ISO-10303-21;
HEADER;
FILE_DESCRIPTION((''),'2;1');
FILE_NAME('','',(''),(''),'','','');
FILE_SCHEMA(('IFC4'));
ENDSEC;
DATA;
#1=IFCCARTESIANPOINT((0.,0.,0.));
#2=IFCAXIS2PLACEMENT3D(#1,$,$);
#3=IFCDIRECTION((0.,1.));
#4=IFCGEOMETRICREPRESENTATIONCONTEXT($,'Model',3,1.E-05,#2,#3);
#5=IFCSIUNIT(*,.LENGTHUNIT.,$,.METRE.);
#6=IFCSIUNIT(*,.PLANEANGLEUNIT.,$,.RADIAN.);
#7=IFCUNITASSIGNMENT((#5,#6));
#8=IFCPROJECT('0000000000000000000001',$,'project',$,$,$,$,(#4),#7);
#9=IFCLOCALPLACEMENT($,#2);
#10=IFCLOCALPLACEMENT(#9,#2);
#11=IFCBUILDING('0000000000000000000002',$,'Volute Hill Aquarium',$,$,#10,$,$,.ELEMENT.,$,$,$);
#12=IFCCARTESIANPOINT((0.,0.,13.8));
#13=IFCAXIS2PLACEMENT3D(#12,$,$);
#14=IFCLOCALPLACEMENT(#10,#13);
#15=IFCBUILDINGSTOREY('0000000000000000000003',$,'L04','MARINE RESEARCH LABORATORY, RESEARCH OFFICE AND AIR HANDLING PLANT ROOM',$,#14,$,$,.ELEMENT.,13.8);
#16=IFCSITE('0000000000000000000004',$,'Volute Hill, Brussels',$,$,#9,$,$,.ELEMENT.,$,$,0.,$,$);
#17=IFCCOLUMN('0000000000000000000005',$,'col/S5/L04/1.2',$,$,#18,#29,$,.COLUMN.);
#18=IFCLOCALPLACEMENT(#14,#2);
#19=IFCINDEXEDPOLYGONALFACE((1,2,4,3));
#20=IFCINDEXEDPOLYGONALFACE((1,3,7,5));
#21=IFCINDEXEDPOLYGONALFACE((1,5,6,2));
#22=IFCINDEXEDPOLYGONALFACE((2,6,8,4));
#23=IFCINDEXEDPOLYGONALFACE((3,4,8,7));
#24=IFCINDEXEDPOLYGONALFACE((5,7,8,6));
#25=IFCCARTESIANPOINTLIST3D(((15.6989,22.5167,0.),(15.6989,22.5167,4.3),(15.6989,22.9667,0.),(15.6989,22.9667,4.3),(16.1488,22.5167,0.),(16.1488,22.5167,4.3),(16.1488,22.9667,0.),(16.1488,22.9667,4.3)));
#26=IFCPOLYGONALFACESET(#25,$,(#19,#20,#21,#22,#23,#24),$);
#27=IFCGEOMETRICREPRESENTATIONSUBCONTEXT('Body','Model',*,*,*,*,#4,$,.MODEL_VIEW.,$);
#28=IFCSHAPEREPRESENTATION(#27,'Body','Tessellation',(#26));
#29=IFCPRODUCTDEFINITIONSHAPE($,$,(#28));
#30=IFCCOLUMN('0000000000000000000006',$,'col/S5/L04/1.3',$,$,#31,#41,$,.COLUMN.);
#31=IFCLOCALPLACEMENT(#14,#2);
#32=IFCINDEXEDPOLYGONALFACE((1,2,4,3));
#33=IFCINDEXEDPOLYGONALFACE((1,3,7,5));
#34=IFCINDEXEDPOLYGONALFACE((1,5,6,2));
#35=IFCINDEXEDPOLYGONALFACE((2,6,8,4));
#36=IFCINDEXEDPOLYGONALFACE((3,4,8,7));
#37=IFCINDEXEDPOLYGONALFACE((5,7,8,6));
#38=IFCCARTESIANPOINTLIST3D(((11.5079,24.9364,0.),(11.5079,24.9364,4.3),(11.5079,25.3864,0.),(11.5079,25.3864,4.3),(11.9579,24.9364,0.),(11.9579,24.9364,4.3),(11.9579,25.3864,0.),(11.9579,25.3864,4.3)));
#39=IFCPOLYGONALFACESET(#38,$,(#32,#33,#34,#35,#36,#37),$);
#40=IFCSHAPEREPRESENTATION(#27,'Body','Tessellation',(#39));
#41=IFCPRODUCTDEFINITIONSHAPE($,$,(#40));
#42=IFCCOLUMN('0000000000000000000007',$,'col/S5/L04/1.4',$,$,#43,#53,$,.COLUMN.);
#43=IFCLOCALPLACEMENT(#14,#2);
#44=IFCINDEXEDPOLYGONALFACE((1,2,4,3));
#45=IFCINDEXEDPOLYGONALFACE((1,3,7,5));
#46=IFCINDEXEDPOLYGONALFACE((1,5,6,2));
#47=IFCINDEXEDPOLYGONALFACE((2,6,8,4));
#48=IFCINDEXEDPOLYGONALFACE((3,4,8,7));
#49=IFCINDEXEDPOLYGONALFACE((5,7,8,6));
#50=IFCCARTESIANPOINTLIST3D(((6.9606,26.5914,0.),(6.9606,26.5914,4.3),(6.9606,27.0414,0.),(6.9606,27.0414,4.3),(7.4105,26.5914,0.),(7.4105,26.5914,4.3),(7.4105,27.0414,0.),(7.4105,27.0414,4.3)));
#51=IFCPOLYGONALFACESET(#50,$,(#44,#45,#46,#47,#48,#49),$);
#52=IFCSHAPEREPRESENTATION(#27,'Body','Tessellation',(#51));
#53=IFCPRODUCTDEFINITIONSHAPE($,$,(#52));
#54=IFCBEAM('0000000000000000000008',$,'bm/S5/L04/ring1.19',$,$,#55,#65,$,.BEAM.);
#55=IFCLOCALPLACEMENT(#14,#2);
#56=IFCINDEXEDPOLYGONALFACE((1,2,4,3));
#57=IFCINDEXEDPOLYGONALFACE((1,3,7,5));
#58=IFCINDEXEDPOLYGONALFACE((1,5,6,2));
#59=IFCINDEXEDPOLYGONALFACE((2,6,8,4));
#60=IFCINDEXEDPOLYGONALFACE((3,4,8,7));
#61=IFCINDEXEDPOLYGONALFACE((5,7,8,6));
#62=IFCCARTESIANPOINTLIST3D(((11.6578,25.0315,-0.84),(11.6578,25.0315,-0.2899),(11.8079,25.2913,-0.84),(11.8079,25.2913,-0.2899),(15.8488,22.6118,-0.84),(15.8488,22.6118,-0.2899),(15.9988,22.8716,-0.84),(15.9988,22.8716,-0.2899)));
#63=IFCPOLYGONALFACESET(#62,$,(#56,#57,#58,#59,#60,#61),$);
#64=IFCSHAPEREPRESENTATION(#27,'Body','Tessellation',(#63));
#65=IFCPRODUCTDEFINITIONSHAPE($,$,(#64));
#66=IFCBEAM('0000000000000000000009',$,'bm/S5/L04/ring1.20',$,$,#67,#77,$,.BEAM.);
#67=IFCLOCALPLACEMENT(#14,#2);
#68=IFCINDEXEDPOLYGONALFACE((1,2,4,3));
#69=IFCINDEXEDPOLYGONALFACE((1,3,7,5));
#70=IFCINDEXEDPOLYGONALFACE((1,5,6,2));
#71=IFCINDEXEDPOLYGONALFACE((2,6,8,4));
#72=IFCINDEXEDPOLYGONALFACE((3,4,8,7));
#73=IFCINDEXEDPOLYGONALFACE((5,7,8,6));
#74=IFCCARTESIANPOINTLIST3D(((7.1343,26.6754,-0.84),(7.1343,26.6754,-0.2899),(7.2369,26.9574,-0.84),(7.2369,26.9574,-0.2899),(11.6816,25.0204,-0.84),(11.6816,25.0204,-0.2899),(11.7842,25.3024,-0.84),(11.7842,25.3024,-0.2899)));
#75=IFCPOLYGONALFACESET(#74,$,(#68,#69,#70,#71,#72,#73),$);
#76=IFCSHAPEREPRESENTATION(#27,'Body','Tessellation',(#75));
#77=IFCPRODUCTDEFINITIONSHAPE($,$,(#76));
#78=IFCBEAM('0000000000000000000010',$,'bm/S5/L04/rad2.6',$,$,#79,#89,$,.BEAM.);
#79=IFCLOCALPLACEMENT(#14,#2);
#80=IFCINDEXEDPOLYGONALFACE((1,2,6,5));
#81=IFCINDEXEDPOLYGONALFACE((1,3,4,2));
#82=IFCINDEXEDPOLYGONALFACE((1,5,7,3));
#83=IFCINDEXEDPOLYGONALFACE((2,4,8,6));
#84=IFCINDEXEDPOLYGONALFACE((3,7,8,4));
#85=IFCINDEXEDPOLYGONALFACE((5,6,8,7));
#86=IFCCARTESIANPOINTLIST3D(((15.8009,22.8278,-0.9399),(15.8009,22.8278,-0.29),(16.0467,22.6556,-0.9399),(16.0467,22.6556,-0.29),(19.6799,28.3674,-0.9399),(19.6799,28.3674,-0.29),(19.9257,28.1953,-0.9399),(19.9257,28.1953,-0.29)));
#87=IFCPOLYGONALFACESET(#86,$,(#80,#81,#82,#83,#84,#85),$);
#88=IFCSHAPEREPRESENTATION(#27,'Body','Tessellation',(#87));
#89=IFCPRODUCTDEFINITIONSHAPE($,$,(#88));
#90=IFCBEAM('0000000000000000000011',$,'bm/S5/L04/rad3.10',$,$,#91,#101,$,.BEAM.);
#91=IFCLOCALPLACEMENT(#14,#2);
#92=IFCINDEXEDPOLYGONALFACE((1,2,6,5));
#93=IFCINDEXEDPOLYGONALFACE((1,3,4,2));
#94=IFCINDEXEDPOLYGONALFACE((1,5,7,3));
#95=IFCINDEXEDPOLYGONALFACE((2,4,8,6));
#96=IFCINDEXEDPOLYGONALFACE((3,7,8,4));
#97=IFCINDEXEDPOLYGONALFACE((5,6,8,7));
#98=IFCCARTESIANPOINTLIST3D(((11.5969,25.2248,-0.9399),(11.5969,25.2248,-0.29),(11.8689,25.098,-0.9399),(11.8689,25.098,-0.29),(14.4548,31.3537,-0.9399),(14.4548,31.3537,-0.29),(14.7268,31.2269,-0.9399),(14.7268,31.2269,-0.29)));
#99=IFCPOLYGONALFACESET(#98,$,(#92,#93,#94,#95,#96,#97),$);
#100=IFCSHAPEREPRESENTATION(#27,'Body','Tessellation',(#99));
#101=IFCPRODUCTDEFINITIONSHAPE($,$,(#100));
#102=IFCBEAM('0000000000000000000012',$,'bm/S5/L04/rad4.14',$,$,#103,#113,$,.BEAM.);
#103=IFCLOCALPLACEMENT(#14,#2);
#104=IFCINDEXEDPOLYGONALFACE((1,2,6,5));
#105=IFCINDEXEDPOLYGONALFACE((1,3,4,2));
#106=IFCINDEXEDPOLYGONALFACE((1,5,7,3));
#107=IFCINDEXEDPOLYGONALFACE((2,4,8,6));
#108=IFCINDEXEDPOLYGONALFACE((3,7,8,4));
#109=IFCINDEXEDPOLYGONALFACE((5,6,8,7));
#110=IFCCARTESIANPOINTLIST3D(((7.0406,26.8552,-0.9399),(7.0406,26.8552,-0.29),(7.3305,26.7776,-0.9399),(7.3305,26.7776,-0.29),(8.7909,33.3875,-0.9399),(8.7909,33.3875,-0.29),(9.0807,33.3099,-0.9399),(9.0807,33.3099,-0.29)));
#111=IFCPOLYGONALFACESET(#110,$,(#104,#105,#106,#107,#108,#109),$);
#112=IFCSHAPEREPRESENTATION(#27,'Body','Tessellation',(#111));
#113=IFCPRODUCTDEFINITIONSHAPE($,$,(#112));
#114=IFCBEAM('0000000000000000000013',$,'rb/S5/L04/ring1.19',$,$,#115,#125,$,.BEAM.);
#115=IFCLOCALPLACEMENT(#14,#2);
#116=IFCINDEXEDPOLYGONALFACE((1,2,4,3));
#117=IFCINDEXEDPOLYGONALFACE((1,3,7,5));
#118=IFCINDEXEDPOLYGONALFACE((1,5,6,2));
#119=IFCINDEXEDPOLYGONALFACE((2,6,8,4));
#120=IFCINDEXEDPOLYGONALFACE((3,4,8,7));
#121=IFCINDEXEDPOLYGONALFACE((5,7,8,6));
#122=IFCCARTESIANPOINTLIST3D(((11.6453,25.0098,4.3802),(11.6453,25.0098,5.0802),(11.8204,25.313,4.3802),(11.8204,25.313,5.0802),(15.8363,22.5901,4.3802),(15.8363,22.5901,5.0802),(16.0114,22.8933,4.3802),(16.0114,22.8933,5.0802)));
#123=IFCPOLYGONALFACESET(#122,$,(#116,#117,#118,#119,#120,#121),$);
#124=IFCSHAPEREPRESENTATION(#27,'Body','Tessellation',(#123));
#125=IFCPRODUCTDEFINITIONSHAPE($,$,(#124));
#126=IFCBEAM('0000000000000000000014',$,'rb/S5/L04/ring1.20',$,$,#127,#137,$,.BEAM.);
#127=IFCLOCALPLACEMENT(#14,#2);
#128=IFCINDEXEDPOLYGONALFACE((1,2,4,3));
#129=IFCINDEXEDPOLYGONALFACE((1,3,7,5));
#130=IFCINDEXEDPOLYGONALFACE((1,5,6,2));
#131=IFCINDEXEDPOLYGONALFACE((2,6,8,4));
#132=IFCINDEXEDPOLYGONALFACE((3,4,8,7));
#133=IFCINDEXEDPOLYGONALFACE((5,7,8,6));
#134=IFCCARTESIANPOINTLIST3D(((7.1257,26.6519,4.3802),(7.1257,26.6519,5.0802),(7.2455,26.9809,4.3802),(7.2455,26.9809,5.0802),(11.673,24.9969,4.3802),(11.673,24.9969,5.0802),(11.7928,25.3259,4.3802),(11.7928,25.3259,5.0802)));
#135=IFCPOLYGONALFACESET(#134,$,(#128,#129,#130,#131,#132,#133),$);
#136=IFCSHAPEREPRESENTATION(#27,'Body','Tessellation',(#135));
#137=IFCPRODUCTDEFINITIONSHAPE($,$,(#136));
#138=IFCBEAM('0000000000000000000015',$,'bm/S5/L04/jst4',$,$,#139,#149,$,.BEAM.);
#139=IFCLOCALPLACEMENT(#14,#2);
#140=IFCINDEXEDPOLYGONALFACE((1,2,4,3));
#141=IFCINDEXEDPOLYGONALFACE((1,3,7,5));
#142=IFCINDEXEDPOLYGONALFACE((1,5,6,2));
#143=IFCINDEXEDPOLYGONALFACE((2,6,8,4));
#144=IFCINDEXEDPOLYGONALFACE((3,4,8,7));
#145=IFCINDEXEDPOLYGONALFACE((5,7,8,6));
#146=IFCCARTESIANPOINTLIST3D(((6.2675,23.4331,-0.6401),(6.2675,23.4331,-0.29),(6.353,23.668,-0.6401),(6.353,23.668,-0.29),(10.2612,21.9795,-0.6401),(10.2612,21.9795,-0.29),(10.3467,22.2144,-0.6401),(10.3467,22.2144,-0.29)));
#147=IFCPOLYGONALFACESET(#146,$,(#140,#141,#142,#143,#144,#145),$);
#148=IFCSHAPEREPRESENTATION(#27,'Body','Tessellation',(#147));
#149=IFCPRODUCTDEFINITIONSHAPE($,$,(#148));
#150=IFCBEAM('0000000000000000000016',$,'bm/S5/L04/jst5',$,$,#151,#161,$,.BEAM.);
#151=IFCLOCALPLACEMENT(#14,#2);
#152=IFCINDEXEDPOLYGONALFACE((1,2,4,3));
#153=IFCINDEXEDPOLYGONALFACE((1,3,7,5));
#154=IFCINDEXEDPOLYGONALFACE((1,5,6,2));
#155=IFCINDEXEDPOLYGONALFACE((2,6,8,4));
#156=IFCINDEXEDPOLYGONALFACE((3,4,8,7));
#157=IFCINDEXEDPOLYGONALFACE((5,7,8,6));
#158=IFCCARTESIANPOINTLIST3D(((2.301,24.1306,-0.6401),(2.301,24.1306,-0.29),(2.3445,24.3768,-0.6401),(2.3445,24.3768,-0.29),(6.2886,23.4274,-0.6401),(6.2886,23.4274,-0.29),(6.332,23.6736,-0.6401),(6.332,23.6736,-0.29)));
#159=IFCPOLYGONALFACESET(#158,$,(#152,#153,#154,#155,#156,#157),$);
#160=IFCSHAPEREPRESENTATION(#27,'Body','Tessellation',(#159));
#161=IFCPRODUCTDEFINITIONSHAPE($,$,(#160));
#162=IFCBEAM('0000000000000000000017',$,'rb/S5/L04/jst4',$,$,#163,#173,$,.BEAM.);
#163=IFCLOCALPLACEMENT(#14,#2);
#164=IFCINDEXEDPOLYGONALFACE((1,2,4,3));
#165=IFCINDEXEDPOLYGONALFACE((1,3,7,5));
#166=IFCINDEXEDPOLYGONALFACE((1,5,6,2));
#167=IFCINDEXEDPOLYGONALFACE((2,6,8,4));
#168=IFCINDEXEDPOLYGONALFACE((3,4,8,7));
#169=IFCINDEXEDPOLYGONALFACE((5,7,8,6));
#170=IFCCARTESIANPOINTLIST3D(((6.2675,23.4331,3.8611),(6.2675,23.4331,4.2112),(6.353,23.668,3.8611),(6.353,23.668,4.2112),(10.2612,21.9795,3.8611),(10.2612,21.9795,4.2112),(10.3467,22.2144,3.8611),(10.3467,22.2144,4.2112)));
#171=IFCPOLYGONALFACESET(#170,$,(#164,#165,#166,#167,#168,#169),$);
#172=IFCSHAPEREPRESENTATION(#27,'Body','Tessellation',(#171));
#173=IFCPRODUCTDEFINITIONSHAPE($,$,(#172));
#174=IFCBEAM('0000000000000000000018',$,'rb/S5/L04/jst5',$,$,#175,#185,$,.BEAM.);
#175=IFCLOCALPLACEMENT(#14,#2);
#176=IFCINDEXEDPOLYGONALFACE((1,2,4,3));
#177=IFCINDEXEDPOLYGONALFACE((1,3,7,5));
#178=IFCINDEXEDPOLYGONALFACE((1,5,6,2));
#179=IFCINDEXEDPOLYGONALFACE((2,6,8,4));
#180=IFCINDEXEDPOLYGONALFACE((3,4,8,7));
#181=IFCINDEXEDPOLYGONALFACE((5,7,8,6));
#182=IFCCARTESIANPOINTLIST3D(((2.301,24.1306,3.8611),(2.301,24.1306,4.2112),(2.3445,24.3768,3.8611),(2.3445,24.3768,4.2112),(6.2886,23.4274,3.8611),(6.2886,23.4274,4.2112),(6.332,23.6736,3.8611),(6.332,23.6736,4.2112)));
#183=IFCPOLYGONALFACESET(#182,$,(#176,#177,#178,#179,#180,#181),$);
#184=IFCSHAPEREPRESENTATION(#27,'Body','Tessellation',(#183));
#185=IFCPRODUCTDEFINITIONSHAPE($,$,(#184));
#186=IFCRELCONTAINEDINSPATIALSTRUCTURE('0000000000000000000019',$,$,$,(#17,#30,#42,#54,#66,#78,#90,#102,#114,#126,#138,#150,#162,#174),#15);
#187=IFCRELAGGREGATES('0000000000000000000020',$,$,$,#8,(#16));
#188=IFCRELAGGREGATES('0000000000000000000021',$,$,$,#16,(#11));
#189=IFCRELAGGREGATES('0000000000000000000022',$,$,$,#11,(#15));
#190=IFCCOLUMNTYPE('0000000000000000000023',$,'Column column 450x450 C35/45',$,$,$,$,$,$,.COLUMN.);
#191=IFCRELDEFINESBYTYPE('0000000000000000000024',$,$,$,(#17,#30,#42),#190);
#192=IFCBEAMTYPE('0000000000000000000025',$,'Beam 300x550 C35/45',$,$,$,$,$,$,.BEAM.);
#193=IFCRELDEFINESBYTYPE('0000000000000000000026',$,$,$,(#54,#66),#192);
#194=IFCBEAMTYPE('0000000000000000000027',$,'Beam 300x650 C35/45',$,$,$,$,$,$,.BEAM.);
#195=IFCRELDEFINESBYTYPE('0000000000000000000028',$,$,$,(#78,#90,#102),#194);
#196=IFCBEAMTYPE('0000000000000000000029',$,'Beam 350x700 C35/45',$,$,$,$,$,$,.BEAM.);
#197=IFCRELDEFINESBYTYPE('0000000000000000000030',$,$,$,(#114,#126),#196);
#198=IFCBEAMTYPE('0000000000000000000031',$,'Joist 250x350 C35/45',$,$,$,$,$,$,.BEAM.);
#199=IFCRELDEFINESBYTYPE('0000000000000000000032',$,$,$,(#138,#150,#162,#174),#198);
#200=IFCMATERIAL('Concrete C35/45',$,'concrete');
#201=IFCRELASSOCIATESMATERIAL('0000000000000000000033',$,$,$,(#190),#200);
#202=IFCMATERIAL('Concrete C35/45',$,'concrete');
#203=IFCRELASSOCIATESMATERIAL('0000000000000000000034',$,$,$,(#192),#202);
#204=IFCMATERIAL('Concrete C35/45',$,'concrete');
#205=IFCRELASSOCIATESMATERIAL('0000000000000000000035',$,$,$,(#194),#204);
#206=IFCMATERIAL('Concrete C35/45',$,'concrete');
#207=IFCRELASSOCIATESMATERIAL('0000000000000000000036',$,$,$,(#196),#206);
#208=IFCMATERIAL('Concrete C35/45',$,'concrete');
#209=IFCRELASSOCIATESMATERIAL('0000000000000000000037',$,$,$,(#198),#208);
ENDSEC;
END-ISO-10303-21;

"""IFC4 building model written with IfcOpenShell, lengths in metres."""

from ifc_helpers import new_model, si_unit, direction, frame, origin, origin_2d, place, context, subcontext, project, spatial, rectangle, extrude, material, material_profile, profile_set, type_object, element, save


model = new_model("IFC4")

# Units and contexts
model_context = context("Model", 3, precision=1e-05, world=origin(), true_north=direction((0.0, 1.0)))
body_context = subcontext(model_context, "Body", "Model", "MODEL_VIEW")
ifc_project = project(units=[si_unit("LENGTHUNIT", "METRE"), si_unit("PLANEANGLEUNIT", "RADIAN")], contexts=[model_context])

# Site, building, storey
site_placement = place(None, origin())
site = spatial("IfcSite", under=ifc_project, at=site_placement, Name="Volute Hill, Brussels", CompositionType="ELEMENT", RefElevation=0.0)
building_placement = place(site_placement, origin())
building = spatial("IfcBuilding", under=site, at=building_placement, Name="Volute Hill Aquarium", CompositionType="ELEMENT")
storey_placement = place(building_placement, frame((0.0, 0.0, 13.8)))
storey = spatial("IfcBuildingStorey", under=building, at=storey_placement, Name="L04", Description="MARINE RESEARCH LABORATORY, RESEARCH OFFICE AND AIR HANDLING PLANT ROOM", CompositionType="ELEMENT", Elevation=13.8)

# Columns
ifc_material_1 = material(Name="Concrete C35/45", Category="concrete")
ifc_material_profile_1 = material_profile(ifc_material_1, rectangle(XDim=0.45, YDim=0.45, at=origin_2d()), Name="RC column 450x450")
ifc_profile_set_1 = profile_set([ifc_material_profile_1], Name="Concrete C35/45")
column_type = type_object("IfcColumnType", Name="Column column 450x450 C35/45", PredefinedType="COLUMN", material=ifc_profile_set_1)
for number, where, z_axis, x_axis, name in (
    (1, (15.9238, 22.7417, 0.0), (0.0, 0.0, 1.0), (1.0, 0.0, 0.0), "col/S5/L04/1.2"),
    (2, (11.7329, 25.1614, 0.0), (0.0, 0.0, 1.0), (1.0, 0.0, 0.0), "col/S5/L04/1.3"),
    (3, (7.1855, 26.8164, 0.0), (0.0, 0.0, 1.0), (1.0, 0.0, 0.0), "col/S5/L04/1.4"),
):
    element("IfcColumn", number, at=place(storey_placement, frame(where, z_axis=z_axis, x_axis=x_axis)), inside=storey, type_object=column_type, Name=name, PredefinedType="COLUMN", context=body_context, shape_type="SweptSolid", body=[
        extrude(rectangle(XDim=0.45, YDim=0.45, at=origin_2d()), origin(), (0.0, 0.0, 1.0), 4.3),
    ])

# Beams
ifc_material_2 = material(Name="Concrete C35/45", Category="concrete")
ifc_material_profile_2 = material_profile(ifc_material_2, rectangle(XDim=0.3, YDim=0.55, at=origin_2d()), Name="RC beam 300x550")
ifc_profile_set_2 = profile_set([ifc_material_profile_2], Name="Concrete C35/45")
beam_type_1 = type_object("IfcBeamType", Name="Beam 300x550 C35/45", PredefinedType="BEAM", material=ifc_profile_set_2)
beam_1_placement = place(storey_placement, frame((15.9238, 22.7417, -0.5649), z_axis=(-0.866021, 0.500008, 0.0), x_axis=(-0.500008, -0.866021, 0.0)))
element("IfcBeam", 4, at=beam_1_placement, inside=storey, type_object=beam_type_1, Name="bm/S5/L04/ring1.19", PredefinedType="BEAM", context=body_context, shape_type="SweptSolid", body=[
    extrude(rectangle(XDim=0.3, YDim=0.55, at=origin_2d()), origin(), (0.0, 0.0, 1.0), 4.8394),
])
beam_2_placement = place(storey_placement, frame((11.7329, 25.1614, -0.5649), z_axis=(-0.939698, 0.342006, 0.0), x_axis=(-0.342006, -0.939698, 0.0)))
element("IfcBeam", 5, at=beam_2_placement, inside=storey, type_object=beam_type_1, Name="bm/S5/L04/ring1.20", PredefinedType="BEAM", context=body_context, shape_type="SweptSolid", body=[
    extrude(rectangle(XDim=0.3, YDim=0.55, at=origin_2d()), origin(), (0.0, 0.0, 1.0), 4.8391),
])
ifc_material_3 = material(Name="Concrete C35/45", Category="concrete")
ifc_material_profile_3 = material_profile(ifc_material_3, rectangle(XDim=0.3, YDim=0.6499, at=origin_2d()), Name="RC beam 300x650")
ifc_profile_set_3 = profile_set([ifc_material_profile_3], Name="Concrete C35/45")
beam_type_2 = type_object("IfcBeamType", Name="Beam 300x650 C35/45", PredefinedType="BEAM", material=ifc_profile_set_3)
beam_3_placement = place(storey_placement, frame((15.9238, 22.7417, -0.615), z_axis=(0.573583, 0.819147, 0.0), x_axis=(-0.819147, 0.573583, 0.0)))
element("IfcBeam", 6, at=beam_3_placement, inside=storey, type_object=beam_type_2, Name="bm/S5/L04/rad2.6", PredefinedType="BEAM", context=body_context, shape_type="SweptSolid", body=[
    extrude(rectangle(XDim=0.3, YDim=0.6499, at=origin_2d()), origin(), (0.0, 0.0, 1.0), 6.7627),
])
beam_4_placement = place(storey_placement, frame((11.7329, 25.1614, -0.615), z_axis=(0.422613, 0.90631, 0.0), x_axis=(-0.90631, 0.422613, 0.0)))
element("IfcBeam", 7, at=beam_4_placement, inside=storey, type_object=beam_type_2, Name="bm/S5/L04/rad3.10", PredefinedType="BEAM", context=body_context, shape_type="SweptSolid", body=[
    extrude(rectangle(XDim=0.3, YDim=0.6499, at=origin_2d()), origin(), (0.0, 0.0, 1.0), 6.7625),
])
beam_5_placement = place(storey_placement, frame((7.1855, 26.8164, -0.615), z_axis=(0.258811, 0.965928, 0.0), x_axis=(-0.965928, 0.258811, 0.0)))
element("IfcBeam", 8, at=beam_5_placement, inside=storey, type_object=beam_type_2, Name="bm/S5/L04/rad4.14", PredefinedType="BEAM", context=body_context, shape_type="SweptSolid", body=[
    extrude(rectangle(XDim=0.3, YDim=0.6499, at=origin_2d()), origin(), (0.0, 0.0, 1.0), 6.7627),
])
ifc_material_4 = material(Name="Concrete C35/45", Category="concrete")
ifc_material_profile_4 = material_profile(ifc_material_4, rectangle(XDim=0.3501, YDim=0.7, at=origin_2d()), Name="RC beam 350x700")
ifc_profile_set_4 = profile_set([ifc_material_profile_4], Name="Concrete C35/45")
beam_type_3 = type_object("IfcBeamType", Name="Beam 350x700 C35/45", PredefinedType="BEAM", material=ifc_profile_set_4)
beam_6_placement = place(storey_placement, frame((15.9238, 22.7417, 4.7302), z_axis=(-0.866021, 0.500008, 0.0), x_axis=(-0.500008, -0.866021, 0.0)))
element("IfcBeam", 9, at=beam_6_placement, inside=storey, type_object=beam_type_3, Name="rb/S5/L04/ring1.19", PredefinedType="BEAM", context=body_context, shape_type="SweptSolid", body=[
    extrude(rectangle(XDim=0.3501, YDim=0.7, at=origin_2d()), origin(), (0.0, 0.0, 1.0), 4.8394),
])
beam_7_placement = place(storey_placement, frame((11.7329, 25.1614, 4.7302), z_axis=(-0.939698, 0.342006, 0.0), x_axis=(-0.342006, -0.939698, 0.0)))
element("IfcBeam", 10, at=beam_7_placement, inside=storey, type_object=beam_type_3, Name="rb/S5/L04/ring1.20", PredefinedType="BEAM", context=body_context, shape_type="SweptSolid", body=[
    extrude(rectangle(XDim=0.3501, YDim=0.7, at=origin_2d()), origin(), (0.0, 0.0, 1.0), 4.8391),
])
ifc_material_5 = material(Name="Concrete C35/45", Category="concrete")
ifc_material_profile_5 = material_profile(ifc_material_5, rectangle(XDim=0.25, YDim=0.3501, at=origin_2d()), Name="RC joist 250x350")
ifc_profile_set_5 = profile_set([ifc_material_profile_5], Name="Concrete C35/45")
beam_type_4 = type_object("IfcBeamType", Name="Joist 250x350 C35/45", PredefinedType="BEAM", material=ifc_profile_set_5)
beam_8_placement = place(storey_placement, frame((10.304, 22.0969, -0.4651), z_axis=(-0.939689, 0.342029, 0.0), x_axis=(-0.342029, -0.939689, 0.0)))
element("IfcBeam", 11, at=beam_8_placement, inside=storey, type_object=beam_type_4, Name="bm/S5/L04/jst4", PredefinedType="BEAM", context=body_context, shape_type="SweptSolid", body=[
    extrude(rectangle(XDim=0.25, YDim=0.3501, at=origin_2d()), origin(), (0.0, 0.0, 1.0), 4.25),
])
beam_9_placement = place(storey_placement, frame((6.3103, 23.5505, -0.4651), z_axis=(-0.984807, 0.173651, 0.0), x_axis=(-0.173651, -0.984807, 0.0)))
element("IfcBeam", 12, at=beam_9_placement, inside=storey, type_object=beam_type_4, Name="bm/S5/L04/jst5", PredefinedType="BEAM", context=body_context, shape_type="SweptSolid", body=[
    extrude(rectangle(XDim=0.25, YDim=0.3501, at=origin_2d()), origin(), (0.0, 0.0, 1.0), 4.0491),
])
beam_10_placement = place(storey_placement, frame((10.304, 22.0969, 4.0361), z_axis=(-0.939689, 0.342029, 0.0), x_axis=(-0.342029, -0.939689, 0.0)))
element("IfcBeam", 13, at=beam_10_placement, inside=storey, type_object=beam_type_4, Name="rb/S5/L04/jst4", PredefinedType="BEAM", context=body_context, shape_type="SweptSolid", body=[
    extrude(rectangle(XDim=0.25, YDim=0.3501, at=origin_2d()), origin(), (0.0, 0.0, 1.0), 4.25),
])
beam_11_placement = place(storey_placement, frame((6.3103, 23.5505, 4.0361), z_axis=(-0.984807, 0.173651, 0.0), x_axis=(-0.173651, -0.984807, 0.0)))
element("IfcBeam", 14, at=beam_11_placement, inside=storey, type_object=beam_type_4, Name="rb/S5/L04/jst5", PredefinedType="BEAM", context=body_context, shape_type="SweptSolid", body=[
    extrude(rectangle(XDim=0.25, YDim=0.3501, at=origin_2d()), origin(), (0.0, 0.0, 1.0), 4.0491),
])

save(model, "model.ifc")
